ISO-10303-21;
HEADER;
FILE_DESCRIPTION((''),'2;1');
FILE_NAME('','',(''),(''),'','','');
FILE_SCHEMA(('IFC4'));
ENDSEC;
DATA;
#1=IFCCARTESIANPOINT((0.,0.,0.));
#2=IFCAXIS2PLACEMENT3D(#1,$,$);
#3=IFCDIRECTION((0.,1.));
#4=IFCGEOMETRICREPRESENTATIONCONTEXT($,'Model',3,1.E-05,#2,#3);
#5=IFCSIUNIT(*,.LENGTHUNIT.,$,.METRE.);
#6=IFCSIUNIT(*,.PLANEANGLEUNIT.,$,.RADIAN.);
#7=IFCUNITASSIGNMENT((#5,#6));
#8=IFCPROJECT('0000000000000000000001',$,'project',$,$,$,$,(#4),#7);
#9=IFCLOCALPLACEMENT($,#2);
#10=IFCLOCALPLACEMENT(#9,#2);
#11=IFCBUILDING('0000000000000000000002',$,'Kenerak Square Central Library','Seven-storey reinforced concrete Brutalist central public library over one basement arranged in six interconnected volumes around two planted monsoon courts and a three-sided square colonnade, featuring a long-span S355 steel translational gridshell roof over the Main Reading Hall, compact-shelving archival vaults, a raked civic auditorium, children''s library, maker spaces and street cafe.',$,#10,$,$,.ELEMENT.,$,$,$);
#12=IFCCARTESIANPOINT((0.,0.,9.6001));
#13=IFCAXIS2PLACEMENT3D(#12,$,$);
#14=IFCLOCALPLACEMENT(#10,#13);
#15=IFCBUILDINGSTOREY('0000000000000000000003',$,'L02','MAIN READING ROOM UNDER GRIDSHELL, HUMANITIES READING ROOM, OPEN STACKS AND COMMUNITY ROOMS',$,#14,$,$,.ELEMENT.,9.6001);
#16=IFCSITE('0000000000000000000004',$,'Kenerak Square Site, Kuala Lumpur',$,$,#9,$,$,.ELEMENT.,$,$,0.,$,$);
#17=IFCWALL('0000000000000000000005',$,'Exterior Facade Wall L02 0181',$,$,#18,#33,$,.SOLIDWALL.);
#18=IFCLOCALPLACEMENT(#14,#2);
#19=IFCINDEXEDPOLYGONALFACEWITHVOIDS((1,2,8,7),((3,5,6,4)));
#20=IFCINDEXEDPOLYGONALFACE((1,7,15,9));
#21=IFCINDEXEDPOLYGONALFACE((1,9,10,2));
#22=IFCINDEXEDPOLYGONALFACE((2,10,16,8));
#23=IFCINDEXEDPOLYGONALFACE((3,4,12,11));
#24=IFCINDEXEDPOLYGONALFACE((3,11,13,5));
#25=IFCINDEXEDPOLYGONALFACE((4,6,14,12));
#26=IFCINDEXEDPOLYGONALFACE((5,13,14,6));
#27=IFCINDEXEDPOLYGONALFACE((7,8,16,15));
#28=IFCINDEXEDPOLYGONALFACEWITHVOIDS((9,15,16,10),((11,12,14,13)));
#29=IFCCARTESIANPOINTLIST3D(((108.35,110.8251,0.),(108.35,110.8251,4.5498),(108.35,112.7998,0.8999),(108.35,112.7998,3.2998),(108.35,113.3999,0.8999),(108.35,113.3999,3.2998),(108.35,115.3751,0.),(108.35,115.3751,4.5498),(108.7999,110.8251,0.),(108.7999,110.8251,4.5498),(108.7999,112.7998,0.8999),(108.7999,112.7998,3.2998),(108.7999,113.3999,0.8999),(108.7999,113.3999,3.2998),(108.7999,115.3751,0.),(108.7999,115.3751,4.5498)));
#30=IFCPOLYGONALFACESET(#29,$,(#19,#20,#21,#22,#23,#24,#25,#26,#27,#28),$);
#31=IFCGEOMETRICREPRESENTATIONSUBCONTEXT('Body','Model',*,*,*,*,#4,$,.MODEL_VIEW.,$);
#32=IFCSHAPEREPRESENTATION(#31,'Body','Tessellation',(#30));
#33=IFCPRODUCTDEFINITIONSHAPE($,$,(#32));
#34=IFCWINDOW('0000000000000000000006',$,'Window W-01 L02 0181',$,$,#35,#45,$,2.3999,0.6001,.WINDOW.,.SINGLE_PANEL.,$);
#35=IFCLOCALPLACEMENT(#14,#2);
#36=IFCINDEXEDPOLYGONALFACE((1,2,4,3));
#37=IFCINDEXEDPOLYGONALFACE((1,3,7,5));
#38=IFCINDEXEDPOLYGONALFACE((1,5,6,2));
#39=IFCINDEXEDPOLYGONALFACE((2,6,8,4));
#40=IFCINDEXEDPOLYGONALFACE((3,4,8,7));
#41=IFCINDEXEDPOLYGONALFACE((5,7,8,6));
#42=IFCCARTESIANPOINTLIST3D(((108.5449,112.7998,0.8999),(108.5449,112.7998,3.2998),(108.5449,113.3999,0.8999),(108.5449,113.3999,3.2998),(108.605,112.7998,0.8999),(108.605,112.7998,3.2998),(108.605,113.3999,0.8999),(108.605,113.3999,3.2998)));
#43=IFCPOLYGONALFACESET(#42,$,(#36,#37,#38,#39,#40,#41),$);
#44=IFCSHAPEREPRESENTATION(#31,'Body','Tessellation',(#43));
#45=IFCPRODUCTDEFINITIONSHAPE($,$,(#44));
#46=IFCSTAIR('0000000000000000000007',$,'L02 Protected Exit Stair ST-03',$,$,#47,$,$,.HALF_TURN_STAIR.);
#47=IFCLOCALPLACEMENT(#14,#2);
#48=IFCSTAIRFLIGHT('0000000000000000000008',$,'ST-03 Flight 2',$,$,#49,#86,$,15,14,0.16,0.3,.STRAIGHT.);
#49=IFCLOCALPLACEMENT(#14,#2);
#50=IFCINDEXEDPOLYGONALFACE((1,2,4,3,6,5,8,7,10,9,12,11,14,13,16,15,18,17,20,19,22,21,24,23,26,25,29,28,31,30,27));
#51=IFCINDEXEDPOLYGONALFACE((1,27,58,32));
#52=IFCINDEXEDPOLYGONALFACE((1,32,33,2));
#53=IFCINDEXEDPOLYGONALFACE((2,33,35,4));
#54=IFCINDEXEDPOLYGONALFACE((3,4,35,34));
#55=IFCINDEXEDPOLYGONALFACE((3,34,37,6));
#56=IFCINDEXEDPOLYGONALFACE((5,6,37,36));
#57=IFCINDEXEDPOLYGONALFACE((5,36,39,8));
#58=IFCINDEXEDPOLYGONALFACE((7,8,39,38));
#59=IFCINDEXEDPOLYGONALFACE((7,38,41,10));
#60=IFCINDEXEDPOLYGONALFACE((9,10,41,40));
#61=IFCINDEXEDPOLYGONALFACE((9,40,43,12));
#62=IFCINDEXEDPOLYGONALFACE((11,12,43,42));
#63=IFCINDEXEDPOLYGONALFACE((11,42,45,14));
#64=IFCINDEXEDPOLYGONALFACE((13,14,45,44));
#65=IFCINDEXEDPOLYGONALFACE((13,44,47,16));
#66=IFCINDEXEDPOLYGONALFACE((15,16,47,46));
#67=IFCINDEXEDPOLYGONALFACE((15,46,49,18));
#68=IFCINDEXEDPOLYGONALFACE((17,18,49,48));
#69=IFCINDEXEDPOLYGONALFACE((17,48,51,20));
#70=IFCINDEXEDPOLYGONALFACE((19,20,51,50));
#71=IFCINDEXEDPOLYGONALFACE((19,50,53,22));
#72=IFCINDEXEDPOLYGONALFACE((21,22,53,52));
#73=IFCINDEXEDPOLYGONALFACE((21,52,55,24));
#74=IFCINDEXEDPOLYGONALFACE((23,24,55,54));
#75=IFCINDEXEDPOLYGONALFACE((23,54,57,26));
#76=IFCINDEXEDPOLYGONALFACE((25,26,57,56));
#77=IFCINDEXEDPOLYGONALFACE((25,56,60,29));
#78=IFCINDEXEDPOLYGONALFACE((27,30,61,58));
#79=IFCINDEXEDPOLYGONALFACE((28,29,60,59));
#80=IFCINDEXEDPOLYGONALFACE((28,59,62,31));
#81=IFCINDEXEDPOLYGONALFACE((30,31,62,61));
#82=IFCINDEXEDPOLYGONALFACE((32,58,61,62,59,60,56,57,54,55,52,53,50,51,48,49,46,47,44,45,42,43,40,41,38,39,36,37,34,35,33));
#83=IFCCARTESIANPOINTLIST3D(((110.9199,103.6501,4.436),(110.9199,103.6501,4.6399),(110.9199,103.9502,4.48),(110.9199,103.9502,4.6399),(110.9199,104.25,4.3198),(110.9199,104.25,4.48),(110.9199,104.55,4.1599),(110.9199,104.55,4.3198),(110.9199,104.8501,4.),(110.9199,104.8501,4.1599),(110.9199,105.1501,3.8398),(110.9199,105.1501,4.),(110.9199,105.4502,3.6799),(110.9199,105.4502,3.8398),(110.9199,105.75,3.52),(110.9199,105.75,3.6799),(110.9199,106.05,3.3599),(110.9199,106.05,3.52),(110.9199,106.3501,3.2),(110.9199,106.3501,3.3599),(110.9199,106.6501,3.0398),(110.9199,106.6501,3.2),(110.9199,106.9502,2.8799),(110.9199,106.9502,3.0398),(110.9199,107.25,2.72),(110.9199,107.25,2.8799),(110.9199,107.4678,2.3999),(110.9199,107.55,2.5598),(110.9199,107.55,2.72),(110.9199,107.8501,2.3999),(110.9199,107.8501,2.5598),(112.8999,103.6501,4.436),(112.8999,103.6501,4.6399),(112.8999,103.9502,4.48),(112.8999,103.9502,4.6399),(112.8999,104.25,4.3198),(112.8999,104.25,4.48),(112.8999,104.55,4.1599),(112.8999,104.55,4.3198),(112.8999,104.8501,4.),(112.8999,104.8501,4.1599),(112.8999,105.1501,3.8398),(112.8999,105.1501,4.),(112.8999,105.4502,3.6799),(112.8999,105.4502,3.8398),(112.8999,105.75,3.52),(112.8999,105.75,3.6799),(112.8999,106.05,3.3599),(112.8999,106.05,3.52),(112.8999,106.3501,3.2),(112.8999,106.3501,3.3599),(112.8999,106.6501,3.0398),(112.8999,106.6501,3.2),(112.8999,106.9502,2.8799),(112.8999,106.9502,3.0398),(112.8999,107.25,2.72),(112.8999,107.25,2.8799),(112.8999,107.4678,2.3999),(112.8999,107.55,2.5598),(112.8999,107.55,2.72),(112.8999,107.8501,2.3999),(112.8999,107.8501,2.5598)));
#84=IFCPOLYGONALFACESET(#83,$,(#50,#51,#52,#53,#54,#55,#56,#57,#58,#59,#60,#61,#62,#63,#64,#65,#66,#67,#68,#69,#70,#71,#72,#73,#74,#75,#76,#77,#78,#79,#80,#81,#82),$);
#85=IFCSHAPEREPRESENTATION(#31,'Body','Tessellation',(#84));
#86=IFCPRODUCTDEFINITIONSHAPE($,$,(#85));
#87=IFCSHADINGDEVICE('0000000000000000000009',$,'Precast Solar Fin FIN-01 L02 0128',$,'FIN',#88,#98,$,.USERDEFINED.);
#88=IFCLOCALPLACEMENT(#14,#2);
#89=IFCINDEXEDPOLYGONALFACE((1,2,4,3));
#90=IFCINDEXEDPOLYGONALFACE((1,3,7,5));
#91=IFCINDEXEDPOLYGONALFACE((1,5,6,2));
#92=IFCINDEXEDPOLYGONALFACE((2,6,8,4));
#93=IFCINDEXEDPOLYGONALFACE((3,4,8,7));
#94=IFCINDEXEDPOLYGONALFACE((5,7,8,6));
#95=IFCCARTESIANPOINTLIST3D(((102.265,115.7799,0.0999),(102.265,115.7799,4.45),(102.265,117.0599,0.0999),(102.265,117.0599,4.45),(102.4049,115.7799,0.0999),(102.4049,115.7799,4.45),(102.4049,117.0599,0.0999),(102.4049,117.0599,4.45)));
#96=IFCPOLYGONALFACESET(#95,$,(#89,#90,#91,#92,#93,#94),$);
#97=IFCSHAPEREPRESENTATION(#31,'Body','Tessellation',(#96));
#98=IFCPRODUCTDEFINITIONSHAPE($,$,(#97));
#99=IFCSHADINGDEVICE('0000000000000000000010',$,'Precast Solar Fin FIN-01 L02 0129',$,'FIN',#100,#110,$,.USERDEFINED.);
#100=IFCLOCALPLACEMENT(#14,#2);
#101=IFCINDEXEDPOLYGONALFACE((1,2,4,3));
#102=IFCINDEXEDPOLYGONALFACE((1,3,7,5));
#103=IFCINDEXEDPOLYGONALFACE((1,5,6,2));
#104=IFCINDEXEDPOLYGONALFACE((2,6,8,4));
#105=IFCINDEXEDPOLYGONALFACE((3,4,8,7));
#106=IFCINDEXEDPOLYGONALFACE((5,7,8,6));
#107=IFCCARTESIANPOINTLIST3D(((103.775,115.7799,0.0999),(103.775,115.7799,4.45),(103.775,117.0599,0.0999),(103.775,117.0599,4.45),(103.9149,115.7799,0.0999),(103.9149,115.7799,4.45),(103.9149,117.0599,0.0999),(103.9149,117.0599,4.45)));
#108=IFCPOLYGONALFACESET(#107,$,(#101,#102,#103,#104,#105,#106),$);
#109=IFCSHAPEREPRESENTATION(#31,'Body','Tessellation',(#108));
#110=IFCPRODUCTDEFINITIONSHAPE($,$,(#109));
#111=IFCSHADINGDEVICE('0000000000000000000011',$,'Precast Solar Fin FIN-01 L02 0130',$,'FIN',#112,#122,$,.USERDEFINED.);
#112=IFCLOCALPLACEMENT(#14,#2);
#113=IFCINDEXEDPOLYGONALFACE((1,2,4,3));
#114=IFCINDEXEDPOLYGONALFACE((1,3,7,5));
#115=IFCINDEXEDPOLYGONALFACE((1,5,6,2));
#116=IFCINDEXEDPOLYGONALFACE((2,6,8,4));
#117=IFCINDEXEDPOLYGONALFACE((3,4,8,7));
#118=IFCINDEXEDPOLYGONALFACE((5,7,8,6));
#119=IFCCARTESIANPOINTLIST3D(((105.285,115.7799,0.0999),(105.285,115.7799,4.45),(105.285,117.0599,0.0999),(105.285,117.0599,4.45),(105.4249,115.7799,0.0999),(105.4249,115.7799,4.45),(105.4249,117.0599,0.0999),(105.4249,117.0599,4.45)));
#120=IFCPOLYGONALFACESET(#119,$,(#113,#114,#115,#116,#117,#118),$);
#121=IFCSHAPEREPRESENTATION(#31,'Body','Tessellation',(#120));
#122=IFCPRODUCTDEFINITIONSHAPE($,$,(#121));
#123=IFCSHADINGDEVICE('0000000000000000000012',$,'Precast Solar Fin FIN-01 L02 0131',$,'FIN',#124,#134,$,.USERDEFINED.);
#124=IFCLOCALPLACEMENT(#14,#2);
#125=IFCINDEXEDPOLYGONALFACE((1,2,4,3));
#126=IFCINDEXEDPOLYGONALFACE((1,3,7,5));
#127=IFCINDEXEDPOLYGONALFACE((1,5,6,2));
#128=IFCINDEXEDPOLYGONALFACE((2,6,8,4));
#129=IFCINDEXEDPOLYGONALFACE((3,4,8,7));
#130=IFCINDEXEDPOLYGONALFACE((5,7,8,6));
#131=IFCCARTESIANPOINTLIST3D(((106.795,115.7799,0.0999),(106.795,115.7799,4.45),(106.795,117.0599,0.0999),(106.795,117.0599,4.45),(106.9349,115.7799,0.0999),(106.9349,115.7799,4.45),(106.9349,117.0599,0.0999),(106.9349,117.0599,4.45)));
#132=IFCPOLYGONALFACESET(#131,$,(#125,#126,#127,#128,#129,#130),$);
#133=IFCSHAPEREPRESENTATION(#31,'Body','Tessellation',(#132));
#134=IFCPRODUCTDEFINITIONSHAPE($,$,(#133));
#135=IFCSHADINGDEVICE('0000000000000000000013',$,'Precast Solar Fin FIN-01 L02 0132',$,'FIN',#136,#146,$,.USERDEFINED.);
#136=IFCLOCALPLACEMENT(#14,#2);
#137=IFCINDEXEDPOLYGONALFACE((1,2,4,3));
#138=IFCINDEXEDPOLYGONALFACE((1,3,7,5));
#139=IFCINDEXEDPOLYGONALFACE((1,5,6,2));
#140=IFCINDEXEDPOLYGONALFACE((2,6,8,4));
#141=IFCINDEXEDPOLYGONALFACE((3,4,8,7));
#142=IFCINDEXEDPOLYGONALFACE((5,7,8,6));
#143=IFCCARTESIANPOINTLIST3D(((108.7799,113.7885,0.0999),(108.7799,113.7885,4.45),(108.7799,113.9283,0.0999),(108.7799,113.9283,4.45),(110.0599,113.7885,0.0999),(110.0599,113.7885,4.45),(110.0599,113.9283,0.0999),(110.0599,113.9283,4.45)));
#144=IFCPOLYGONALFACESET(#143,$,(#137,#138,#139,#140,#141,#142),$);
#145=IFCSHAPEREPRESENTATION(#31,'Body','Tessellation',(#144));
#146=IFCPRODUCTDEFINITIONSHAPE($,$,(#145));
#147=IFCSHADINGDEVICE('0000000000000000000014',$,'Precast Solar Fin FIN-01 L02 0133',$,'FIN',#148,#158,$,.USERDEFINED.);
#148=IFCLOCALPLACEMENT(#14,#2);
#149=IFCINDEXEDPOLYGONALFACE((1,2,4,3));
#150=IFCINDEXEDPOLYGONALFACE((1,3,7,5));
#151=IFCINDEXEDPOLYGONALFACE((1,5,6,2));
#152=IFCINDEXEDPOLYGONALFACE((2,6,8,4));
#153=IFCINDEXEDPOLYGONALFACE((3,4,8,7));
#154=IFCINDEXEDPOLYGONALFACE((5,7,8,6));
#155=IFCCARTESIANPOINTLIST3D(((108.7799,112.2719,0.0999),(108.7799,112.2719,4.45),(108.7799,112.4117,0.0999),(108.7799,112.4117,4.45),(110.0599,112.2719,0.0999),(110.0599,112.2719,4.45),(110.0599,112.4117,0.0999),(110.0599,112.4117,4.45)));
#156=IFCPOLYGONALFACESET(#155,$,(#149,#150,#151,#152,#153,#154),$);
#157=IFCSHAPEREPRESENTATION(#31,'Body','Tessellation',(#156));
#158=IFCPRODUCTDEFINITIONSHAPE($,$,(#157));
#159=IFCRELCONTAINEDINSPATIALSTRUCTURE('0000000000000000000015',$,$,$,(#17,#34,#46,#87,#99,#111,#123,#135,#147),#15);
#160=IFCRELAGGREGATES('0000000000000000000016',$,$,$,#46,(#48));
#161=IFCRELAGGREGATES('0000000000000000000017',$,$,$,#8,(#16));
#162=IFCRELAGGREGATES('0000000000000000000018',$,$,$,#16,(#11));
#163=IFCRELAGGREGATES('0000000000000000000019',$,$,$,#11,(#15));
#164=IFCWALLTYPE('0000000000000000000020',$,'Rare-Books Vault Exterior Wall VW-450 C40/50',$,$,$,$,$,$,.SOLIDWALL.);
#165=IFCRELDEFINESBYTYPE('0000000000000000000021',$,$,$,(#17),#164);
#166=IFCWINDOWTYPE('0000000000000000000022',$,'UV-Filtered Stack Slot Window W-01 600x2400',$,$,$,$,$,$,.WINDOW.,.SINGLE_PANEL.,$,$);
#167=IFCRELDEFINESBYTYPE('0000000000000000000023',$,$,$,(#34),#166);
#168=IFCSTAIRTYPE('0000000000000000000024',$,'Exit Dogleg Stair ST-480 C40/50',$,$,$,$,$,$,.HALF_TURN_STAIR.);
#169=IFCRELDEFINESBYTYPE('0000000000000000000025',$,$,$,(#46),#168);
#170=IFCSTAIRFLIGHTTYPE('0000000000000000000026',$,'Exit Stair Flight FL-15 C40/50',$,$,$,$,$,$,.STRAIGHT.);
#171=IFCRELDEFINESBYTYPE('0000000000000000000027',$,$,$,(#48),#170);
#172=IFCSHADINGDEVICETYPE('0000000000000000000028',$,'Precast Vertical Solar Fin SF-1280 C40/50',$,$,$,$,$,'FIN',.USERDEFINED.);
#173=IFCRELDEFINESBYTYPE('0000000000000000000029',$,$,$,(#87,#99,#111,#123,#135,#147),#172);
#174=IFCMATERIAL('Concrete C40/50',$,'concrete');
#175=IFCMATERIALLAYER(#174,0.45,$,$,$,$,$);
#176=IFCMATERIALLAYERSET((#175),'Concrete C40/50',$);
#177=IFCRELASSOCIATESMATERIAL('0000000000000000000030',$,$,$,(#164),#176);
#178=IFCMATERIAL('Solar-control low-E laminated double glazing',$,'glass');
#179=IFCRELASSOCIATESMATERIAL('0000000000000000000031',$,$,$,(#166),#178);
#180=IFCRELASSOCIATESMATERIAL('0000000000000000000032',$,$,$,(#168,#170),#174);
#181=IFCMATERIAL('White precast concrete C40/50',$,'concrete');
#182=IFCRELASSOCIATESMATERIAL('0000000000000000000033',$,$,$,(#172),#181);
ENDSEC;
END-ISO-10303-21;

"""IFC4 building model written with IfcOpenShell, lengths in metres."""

from ifc_helpers import new_model, si_unit, direction, frame, frame_2d, origin, origin_2d, place, context, subcontext, project, spatial, polyline, rectangle, outline, extrude, material, layer, layer_set, type_object, element, fill, aggregate, save


model = new_model("IFC4")

# Units and contexts
model_context = context("Model", 3, precision=1e-05, world=origin(), true_north=direction((0.0, 1.0)))
body_context = subcontext(model_context, "Body", "Model", "MODEL_VIEW")
ifc_project = project(units=[si_unit("LENGTHUNIT", "METRE"), si_unit("PLANEANGLEUNIT", "RADIAN")], contexts=[model_context])

# Site, building, storey
site_placement = place(None, origin())
site = spatial("IfcSite", under=ifc_project, at=site_placement, Name="Kenerak Square Site, Kuala Lumpur", CompositionType="ELEMENT", RefElevation=0.0)
building_placement = place(site_placement, origin())
building = spatial("IfcBuilding", under=site, at=building_placement, Name="Kenerak Square Central Library", Description="Seven-storey reinforced concrete Brutalist central public library over one basement arranged in six interconnected volumes around two planted monsoon courts and a three-sided square colonnade, featuring a long-span S355 steel translational gridshell roof over the Main Reading Hall, compact-shelving archival vaults, a raked civic auditorium, children's library, maker spaces and street cafe.", CompositionType="ELEMENT")
storey_placement = place(building_placement, frame((0.0, 0.0, 9.6001)))
storey = spatial("IfcBuildingStorey", under=building, at=storey_placement, Name="L02", Description="MAIN READING ROOM UNDER GRIDSHELL, HUMANITIES READING ROOM, OPEN STACKS AND COMMUNITY ROOMS", CompositionType="ELEMENT", Elevation=9.6001)

# Shared definitions
ifc_material_1 = material(Name="Concrete C40/50", Category="concrete")

# Shared definitions
ifc_layer_1 = layer(ifc_material_1, 0.45)
ifc_layer_set_1 = layer_set([ifc_layer_1], Name="Concrete C40/50")
wall_type_1 = type_object("IfcWallType", Name="Rare-Books Vault Exterior Wall VW-450 C40/50", PredefinedType="SOLIDWALL", material=ifc_layer_set_1)
ifc_material_2 = material(Name="Solar-control low-E laminated double glazing", Category="glass")
window_type = type_object("IfcWindowType", Name="UV-Filtered Stack Slot Window W-01 600x2400", PartitioningType="SINGLE_PANEL", PredefinedType="WINDOW", material=ifc_material_2)

# Wall, opening, window
wall_1_placement = place(storey_placement, frame((108.575, 115.375, 0.0), z_axis=(0.0, 0.0, 1.0), x_axis=(0.0, -1.0, 0.0)))
wall_1 = element("IfcWall", 1, at=wall_1_placement, inside=storey, type_object=wall_type_1, Name="Exterior Facade Wall L02 0181", PredefinedType="SOLIDWALL", context=body_context, shape_type="SweptSolid", body=[
    extrude(rectangle(XDim=4.55, YDim=0.45, at=frame_2d((2.2749, 0.0))), origin(), (0.0, 0.0, 1.0), 4.5498),
])
opening_1_placement = place(wall_1_placement, frame((1.9751, 0.0, 0.8999)))
opening_1 = element("IfcOpeningElement", 2, at=opening_1_placement, cuts=wall_1, PredefinedType="OPENING", context=body_context, shape_type="SweptSolid", body=[
    extrude(rectangle(XDim=0.6001, YDim=2.3999, at=frame_2d((0.3, 1.2))), frame((0.0, 0.2349, 0.0), z_axis=(0.0, -1.0, 0.0), x_axis=(1.0, 0.0, 0.0)), (0.0, 0.0, 1.0), 0.47),
])
window_1_placement = place(opening_1_placement, origin())
window_1 = element("IfcWindow", 3, at=window_1_placement, inside=storey, type_object=window_type, Name="Window W-01 L02 0181", OverallHeight=2.3999, OverallWidth=0.6001, PartitioningType="SINGLE_PANEL", PredefinedType="WINDOW", context=body_context, shape_type="SweptSolid", body=[
    extrude(rectangle(XDim=0.6001, YDim=2.3999, at=frame_2d((0.3, 1.2))), frame((0.0, 0.03, 0.0), z_axis=(0.0, -1.0, 0.0), x_axis=(1.0, 0.0, 0.0)), (0.0, 0.0, 1.0), 0.0601),
])
fill(opening_1, window_1)

# Stair, stair flight
stair_type = type_object("IfcStairType", Name="Exit Dogleg Stair ST-480 C40/50", PredefinedType="HALF_TURN_STAIR", material=ifc_material_1)
stair_placement = place(storey_placement, origin())
stair = element("IfcStair", 4, at=stair_placement, inside=storey, type_object=stair_type, Name="L02 Protected Exit Stair ST-03", PredefinedType="HALF_TURN_STAIR")
stair_flight_type = type_object("IfcStairFlightType", Name="Exit Stair Flight FL-15 C40/50", PredefinedType="STRAIGHT", material=ifc_material_1)
stair_flight_placement = place(storey_placement, frame((111.9099, 107.8501, 2.3999), z_axis=(0.0, 0.0, 1.0), x_axis=(0.0, -1.0, 0.0)))
stair_flight = element("IfcStairFlight", 5, at=stair_flight_placement, type_object=stair_flight_type, Name="ST-03 Flight 2", NumberOfRisers=15, NumberOfTreads=14, PredefinedType="STRAIGHT", RiserHeight=0.16, TreadLength=0.3, context=body_context, shape_type="SweptSolid", body=[
    extrude(outline(polyline([(0.0, 0.0), (0.0, 0.1599), (0.3, 0.1599), (0.3, 0.3201), (0.6001, 0.3201), (0.6001, 0.48), (0.8999, 0.48), (0.8999, 0.6399), (1.2, 0.6399), (1.2, 0.8), (1.5, 0.8), (1.5, 0.96), (1.8, 0.96), (1.8, 1.1201), (2.1001, 1.1201), (2.1001, 1.28), (2.3999, 1.28), (2.3999, 1.4399), (2.7, 1.4399), (2.7, 1.6001), (3.0, 1.6001), (3.0, 1.76), (3.3, 1.76), (3.3, 1.9199), (3.6001, 1.9199), (3.6001, 2.0801), (3.8999, 2.0801), (3.8999, 2.24), (4.2, 2.24), (4.2, 2.3999), (4.2, 2.0361), (0.3823, 0.0), (0.0, 0.0)])), frame((0.0, 0.99, 0.0), z_axis=(0.0, -1.0, 0.0), x_axis=(1.0, 0.0, 0.0)), (0.0, 0.0, 1.0), 1.98),
])
aggregate(stair, [stair_flight])

# Shading devices
ifc_material_3 = material(Name="White precast concrete C40/50", Category="concrete")
shading_device_type = type_object("IfcShadingDeviceType", Name="Precast Vertical Solar Fin SF-1280 C40/50", ElementType="FIN", PredefinedType="USERDEFINED", material=ifc_material_3)
for number, where, z_axis, x_axis, name in (
    (6, (102.335, 116.4199, 0.0999), (0.0, 0.0, 1.0), (1.0, 0.0, 0.0), "Precast Solar Fin FIN-01 L02 0128"),
    (7, (103.845, 116.4199, 0.0999), (0.0, 0.0, 1.0), (1.0, 0.0, 0.0), "Precast Solar Fin FIN-01 L02 0129"),
    (8, (105.355, 116.4199, 0.0999), (0.0, 0.0, 1.0), (1.0, 0.0, 0.0), "Precast Solar Fin FIN-01 L02 0130"),
    (9, (106.865, 116.4199, 0.0999), (0.0, 0.0, 1.0), (1.0, 0.0, 0.0), "Precast Solar Fin FIN-01 L02 0131"),
    (10, (109.4199, 113.8584, 0.0999), (0.0, 0.0, 1.0), (0.0, -1.0, 0.0), "Precast Solar Fin FIN-01 L02 0132"),
    (11, (109.4199, 112.3418, 0.0999), (0.0, 0.0, 1.0), (0.0, -1.0, 0.0), "Precast Solar Fin FIN-01 L02 0133"),
):
    element("IfcShadingDevice", number, at=place(storey_placement, frame(where, z_axis=z_axis, x_axis=x_axis)), inside=storey, type_object=shading_device_type, Name=name, ObjectType="FIN", PredefinedType="USERDEFINED", context=body_context, shape_type="SweptSolid", body=[
        extrude(rectangle(XDim=0.1399, YDim=1.28, at=origin_2d()), origin(), (0.0, 0.0, 1.0), 4.3501),
    ])

save(model, "model.ifc")
